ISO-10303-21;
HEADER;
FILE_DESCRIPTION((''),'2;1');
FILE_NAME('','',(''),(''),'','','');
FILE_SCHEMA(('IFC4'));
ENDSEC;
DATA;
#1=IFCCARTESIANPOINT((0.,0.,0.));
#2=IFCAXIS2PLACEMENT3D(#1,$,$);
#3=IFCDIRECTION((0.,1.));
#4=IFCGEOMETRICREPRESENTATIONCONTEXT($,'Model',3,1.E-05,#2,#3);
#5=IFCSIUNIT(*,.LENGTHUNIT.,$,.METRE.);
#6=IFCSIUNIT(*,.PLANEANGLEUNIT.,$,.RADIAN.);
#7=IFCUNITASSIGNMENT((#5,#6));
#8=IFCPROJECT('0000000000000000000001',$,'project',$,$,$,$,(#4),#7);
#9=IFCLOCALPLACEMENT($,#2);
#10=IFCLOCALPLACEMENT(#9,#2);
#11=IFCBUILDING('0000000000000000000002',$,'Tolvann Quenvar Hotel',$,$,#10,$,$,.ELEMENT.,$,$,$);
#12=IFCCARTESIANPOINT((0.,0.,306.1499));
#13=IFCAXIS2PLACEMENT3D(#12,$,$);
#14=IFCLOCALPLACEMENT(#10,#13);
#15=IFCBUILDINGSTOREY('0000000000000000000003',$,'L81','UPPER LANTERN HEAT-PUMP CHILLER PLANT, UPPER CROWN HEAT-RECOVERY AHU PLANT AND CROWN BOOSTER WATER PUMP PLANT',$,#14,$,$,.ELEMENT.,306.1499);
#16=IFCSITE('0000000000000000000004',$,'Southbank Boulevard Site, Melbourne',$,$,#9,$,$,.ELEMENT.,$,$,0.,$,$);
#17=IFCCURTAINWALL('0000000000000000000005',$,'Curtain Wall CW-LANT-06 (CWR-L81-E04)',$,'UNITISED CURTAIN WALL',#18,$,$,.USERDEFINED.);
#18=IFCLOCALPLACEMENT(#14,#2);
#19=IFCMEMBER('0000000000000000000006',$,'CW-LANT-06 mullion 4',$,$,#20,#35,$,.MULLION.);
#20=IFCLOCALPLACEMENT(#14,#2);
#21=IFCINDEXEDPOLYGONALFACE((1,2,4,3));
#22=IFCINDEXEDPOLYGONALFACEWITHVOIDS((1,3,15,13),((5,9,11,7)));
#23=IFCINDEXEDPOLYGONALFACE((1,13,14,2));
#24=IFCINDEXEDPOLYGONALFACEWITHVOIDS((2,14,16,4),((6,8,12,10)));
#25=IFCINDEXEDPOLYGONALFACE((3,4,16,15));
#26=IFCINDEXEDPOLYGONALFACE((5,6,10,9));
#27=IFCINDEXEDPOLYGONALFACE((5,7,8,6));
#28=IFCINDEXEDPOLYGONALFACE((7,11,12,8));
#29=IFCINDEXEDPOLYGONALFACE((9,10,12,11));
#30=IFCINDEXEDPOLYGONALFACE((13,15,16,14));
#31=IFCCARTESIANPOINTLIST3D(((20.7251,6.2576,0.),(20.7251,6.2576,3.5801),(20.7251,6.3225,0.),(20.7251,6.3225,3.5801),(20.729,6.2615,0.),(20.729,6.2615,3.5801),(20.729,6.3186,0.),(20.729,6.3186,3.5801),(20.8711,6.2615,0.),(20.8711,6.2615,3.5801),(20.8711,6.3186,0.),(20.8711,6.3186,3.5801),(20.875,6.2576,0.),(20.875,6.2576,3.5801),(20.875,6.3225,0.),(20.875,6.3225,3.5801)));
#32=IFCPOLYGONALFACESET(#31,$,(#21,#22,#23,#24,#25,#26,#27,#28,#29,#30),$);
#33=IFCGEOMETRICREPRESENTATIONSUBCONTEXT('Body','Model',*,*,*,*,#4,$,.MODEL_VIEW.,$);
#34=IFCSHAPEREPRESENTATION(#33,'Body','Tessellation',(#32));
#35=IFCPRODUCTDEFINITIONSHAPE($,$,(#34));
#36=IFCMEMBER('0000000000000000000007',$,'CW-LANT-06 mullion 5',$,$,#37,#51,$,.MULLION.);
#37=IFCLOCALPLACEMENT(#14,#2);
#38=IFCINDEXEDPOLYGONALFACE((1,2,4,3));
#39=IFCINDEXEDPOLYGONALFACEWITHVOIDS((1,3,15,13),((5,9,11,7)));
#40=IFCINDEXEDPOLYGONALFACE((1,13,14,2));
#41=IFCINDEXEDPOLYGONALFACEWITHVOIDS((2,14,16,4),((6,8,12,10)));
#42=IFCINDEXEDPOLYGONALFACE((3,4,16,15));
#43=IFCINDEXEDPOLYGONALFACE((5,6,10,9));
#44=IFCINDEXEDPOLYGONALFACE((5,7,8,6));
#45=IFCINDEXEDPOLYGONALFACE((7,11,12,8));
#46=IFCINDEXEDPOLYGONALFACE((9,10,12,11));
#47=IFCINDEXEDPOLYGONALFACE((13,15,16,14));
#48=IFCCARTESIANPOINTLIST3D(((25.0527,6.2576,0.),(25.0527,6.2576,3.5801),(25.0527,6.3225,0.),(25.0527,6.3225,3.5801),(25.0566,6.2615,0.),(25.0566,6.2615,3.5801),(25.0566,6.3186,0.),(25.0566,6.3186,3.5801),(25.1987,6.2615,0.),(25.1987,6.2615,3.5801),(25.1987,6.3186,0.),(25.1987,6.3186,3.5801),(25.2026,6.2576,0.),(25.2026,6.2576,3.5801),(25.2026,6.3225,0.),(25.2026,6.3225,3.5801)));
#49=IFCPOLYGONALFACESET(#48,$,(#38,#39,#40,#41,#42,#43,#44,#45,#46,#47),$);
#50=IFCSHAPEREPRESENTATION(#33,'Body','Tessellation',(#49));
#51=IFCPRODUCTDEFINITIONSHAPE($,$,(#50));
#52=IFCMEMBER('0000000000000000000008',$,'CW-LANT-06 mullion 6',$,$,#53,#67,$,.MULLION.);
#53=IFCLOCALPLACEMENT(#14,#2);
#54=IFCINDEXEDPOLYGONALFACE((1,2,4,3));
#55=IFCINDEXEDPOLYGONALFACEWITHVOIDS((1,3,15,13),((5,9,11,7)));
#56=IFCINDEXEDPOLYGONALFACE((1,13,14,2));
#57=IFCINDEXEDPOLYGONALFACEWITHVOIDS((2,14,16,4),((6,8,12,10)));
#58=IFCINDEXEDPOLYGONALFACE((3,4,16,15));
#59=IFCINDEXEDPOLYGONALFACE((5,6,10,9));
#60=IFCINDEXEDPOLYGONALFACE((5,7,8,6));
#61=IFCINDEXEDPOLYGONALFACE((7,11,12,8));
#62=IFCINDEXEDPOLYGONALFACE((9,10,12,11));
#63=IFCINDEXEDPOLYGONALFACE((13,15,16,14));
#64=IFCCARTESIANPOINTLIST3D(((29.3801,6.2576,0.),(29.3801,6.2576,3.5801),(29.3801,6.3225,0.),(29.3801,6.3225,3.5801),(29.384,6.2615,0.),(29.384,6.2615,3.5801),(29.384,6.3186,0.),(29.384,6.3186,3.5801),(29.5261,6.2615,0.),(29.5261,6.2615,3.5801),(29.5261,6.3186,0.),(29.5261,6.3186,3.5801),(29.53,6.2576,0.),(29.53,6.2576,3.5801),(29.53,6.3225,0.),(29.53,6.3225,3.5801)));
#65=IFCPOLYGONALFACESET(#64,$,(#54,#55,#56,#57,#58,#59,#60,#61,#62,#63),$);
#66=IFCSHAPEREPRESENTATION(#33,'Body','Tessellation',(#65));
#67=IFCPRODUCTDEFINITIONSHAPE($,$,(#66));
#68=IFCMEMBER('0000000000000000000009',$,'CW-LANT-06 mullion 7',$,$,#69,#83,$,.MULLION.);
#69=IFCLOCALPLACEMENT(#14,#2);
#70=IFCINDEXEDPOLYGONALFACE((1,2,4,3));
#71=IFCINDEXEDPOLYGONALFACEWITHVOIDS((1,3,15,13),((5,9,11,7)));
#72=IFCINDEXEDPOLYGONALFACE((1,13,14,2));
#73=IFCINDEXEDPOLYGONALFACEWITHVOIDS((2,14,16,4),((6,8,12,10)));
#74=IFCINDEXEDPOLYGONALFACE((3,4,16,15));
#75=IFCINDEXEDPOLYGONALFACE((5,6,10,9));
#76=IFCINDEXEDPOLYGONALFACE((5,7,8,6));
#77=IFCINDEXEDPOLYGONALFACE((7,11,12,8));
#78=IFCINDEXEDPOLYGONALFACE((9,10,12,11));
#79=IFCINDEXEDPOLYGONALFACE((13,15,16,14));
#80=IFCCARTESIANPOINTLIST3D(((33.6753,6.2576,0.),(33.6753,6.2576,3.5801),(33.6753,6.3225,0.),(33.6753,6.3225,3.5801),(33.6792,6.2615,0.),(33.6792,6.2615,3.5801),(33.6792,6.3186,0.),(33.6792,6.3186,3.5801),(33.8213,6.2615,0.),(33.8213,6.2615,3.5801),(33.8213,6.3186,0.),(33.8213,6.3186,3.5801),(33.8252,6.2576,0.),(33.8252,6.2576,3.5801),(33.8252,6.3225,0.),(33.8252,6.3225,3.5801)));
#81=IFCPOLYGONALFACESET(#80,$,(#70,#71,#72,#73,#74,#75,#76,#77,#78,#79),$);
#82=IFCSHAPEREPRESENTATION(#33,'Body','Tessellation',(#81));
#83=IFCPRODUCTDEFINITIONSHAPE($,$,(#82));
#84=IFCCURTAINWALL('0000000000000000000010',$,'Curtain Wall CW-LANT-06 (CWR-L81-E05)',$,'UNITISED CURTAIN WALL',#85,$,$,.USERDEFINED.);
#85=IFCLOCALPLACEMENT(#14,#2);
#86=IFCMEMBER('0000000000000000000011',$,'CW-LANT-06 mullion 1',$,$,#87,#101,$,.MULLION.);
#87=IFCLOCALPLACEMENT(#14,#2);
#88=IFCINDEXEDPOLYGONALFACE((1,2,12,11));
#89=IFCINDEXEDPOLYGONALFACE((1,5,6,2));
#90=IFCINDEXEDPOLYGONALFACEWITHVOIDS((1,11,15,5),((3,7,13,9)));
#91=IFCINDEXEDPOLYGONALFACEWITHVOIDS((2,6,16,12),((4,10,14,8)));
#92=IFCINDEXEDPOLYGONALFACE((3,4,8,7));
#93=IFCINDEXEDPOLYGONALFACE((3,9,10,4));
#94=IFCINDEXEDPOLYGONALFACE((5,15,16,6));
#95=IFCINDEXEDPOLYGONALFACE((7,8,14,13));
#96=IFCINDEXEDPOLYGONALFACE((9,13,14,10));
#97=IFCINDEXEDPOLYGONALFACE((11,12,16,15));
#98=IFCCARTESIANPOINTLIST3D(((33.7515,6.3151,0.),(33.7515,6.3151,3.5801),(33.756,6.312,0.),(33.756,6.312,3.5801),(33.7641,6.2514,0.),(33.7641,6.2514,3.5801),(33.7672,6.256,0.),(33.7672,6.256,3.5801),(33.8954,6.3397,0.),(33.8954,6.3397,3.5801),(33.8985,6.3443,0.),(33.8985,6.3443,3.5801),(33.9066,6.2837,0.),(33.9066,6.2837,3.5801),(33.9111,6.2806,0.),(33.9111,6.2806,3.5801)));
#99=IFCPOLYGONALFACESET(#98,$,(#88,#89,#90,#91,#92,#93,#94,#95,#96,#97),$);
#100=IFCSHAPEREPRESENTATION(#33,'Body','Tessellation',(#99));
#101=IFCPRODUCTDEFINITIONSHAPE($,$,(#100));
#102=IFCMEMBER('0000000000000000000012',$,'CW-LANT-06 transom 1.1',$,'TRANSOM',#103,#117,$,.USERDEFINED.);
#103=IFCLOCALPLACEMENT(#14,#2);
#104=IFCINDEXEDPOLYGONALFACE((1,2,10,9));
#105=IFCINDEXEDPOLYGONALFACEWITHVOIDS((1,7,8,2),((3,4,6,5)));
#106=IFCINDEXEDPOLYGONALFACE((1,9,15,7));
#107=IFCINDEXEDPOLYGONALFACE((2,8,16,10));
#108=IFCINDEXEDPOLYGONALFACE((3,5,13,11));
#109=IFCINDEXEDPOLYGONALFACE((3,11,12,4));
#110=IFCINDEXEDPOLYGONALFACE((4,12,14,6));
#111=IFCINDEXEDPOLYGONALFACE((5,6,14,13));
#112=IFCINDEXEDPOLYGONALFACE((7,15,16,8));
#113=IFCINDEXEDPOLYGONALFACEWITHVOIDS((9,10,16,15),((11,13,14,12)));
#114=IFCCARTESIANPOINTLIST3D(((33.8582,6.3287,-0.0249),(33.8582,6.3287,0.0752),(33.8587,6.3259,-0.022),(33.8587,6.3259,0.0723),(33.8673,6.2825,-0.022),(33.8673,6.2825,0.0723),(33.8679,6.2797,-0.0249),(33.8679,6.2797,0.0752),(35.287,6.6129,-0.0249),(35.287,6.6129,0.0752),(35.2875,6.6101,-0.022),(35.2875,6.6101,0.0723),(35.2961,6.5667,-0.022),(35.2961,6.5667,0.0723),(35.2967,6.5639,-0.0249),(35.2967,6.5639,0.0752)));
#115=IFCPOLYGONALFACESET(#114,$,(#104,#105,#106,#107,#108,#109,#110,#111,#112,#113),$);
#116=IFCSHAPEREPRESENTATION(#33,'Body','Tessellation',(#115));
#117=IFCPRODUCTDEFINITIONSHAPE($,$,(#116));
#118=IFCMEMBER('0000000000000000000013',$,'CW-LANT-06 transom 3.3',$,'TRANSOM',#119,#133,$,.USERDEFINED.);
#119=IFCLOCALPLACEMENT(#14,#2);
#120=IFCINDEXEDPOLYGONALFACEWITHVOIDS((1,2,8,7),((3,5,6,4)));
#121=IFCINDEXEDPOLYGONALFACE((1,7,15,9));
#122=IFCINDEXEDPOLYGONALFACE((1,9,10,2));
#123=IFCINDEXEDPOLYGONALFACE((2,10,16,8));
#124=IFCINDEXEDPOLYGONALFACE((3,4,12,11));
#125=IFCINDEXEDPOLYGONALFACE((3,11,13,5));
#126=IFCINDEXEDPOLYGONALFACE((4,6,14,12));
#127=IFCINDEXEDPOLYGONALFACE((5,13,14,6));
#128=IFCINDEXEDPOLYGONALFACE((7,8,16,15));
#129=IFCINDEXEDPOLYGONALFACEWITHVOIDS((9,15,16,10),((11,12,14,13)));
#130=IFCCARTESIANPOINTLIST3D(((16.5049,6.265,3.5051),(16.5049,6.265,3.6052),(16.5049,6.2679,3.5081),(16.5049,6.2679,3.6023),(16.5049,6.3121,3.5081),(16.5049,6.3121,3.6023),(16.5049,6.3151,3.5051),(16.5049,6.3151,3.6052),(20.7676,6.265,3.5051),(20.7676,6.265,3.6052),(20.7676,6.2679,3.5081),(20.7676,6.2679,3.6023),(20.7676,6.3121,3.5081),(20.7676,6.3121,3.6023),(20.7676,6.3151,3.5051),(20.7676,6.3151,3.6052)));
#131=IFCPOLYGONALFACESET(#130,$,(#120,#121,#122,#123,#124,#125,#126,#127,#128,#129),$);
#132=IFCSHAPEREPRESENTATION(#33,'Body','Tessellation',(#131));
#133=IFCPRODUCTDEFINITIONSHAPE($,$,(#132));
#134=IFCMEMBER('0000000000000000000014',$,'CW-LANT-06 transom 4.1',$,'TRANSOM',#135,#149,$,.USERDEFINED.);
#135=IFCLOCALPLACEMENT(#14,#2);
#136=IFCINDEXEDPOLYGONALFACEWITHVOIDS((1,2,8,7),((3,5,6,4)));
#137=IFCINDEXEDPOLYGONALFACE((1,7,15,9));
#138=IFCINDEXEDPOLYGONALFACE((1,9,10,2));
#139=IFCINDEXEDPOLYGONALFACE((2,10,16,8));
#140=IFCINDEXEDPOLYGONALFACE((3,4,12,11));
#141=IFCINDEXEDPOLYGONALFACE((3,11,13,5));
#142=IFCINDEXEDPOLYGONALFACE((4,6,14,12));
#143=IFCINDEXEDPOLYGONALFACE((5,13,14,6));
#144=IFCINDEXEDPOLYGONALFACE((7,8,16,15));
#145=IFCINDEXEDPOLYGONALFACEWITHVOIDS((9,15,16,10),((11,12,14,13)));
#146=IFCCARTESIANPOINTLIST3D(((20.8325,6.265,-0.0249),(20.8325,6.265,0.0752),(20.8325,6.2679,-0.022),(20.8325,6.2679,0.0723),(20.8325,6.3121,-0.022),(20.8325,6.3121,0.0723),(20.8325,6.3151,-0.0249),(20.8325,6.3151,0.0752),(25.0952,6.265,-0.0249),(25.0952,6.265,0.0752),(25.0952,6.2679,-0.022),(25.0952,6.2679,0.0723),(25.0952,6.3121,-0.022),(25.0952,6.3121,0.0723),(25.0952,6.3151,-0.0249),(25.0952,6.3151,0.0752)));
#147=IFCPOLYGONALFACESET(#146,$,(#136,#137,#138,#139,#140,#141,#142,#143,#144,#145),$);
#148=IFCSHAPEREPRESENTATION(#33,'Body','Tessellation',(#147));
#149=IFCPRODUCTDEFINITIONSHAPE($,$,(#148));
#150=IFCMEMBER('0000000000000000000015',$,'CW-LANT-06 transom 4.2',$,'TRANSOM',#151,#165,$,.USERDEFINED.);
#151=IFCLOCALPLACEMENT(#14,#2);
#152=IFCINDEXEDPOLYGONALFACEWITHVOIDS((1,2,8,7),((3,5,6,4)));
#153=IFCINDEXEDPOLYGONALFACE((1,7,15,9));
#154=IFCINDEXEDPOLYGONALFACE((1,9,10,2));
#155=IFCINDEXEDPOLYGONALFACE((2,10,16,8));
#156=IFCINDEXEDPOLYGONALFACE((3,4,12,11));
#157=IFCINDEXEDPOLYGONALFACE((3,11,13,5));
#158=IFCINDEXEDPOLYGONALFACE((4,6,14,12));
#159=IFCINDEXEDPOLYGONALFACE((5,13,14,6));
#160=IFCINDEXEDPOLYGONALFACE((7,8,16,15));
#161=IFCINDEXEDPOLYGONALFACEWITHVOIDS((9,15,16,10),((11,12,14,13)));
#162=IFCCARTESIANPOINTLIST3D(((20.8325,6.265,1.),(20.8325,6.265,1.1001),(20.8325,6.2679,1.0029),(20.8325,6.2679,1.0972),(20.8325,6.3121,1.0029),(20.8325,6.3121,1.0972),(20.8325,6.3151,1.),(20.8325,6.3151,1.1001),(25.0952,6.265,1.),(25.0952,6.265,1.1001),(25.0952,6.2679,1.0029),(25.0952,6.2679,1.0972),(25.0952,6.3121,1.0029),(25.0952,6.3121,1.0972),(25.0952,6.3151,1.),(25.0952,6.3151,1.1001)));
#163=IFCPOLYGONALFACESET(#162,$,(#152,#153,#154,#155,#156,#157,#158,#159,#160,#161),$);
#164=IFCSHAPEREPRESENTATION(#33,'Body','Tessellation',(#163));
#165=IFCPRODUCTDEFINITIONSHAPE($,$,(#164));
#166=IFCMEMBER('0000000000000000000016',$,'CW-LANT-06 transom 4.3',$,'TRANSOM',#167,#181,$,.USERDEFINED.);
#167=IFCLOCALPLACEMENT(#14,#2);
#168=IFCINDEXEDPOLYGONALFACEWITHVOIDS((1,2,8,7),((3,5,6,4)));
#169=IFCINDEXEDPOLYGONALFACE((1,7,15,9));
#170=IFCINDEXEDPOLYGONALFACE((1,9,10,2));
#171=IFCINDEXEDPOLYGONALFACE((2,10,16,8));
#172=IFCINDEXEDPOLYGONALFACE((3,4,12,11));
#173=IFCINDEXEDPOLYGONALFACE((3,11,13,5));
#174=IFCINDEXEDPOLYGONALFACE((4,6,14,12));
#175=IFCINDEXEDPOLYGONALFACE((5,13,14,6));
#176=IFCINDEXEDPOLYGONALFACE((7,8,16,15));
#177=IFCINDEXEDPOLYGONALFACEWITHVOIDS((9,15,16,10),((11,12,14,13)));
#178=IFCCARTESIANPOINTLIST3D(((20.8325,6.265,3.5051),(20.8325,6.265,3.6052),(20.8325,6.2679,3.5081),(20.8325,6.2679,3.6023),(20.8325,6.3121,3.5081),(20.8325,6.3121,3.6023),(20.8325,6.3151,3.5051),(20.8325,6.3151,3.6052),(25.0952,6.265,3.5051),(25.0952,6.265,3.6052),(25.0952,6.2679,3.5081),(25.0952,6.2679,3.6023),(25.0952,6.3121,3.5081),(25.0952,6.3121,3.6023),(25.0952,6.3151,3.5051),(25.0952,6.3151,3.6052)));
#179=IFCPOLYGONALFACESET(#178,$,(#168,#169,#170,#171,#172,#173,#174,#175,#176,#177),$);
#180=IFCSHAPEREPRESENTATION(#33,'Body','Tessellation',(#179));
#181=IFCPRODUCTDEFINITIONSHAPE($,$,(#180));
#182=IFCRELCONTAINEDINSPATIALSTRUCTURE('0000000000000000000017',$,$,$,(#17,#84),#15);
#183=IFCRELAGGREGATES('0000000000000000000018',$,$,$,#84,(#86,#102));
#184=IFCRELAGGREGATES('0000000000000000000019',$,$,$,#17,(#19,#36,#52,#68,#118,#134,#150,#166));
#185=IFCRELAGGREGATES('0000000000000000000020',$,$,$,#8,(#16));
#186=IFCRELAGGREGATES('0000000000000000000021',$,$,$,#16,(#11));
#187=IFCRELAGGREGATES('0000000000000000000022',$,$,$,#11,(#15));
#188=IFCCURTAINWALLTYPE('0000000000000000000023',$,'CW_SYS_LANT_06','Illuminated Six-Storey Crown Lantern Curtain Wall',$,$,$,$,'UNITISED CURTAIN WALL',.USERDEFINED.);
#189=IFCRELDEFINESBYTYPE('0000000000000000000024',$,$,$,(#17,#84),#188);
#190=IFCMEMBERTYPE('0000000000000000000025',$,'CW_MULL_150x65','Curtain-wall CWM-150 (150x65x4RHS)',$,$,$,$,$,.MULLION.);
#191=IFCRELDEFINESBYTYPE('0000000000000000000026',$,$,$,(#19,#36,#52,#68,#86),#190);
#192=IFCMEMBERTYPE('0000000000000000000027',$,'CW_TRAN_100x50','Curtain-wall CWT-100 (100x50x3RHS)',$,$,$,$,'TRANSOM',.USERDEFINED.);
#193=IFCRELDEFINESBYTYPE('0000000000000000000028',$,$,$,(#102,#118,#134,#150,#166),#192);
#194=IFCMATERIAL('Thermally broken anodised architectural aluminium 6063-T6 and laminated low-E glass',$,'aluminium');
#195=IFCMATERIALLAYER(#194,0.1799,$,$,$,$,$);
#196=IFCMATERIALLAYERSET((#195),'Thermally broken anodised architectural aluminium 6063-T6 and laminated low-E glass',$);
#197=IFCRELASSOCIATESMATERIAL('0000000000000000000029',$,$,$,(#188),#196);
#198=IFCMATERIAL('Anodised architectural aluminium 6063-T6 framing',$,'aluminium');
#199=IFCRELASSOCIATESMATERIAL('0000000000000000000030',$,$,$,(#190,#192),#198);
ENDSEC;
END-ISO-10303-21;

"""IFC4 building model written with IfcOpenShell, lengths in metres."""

from ifc_helpers import new_model, si_unit, direction, frame, origin, origin_2d, place, context, subcontext, project, spatial, hollow_rectangle, extrude, source, transform, mapped, material, layer, layer_set, material_profile, profile_set, type_object, type_shapes, element, aggregate, save


model = new_model("IFC4")

# Units and contexts
model_context = context("Model", 3, precision=1e-05, world=origin(), true_north=direction((0.0, 1.0)))
body_context = subcontext(model_context, "Body", "Model", "MODEL_VIEW")
ifc_project = project(units=[si_unit("LENGTHUNIT", "METRE"), si_unit("PLANEANGLEUNIT", "RADIAN")], contexts=[model_context])

# Site, building, storey
site_placement = place(None, origin())
site = spatial("IfcSite", under=ifc_project, at=site_placement, Name="Southbank Boulevard Site, Melbourne", CompositionType="ELEMENT", RefElevation=0.0)
building_placement = place(site_placement, origin())
building = spatial("IfcBuilding", under=site, at=building_placement, Name="Tolvann Quenvar Hotel", CompositionType="ELEMENT")
storey_placement = place(building_placement, frame((0.0, 0.0, 306.1499)))
storey = spatial("IfcBuildingStorey", under=building, at=storey_placement, Name="L81", Description="UPPER LANTERN HEAT-PUMP CHILLER PLANT, UPPER CROWN HEAT-RECOVERY AHU PLANT AND CROWN BOOSTER WATER PUMP PLANT", CompositionType="ELEMENT", Elevation=306.1499)

# Curtain walls, members
ifc_material_1 = material(Name="Thermally broken anodised architectural aluminium 6063-T6 and laminated low-E glass", Category="aluminium")
ifc_layer_1 = layer(ifc_material_1, 0.1799)
ifc_layer_set_1 = layer_set([ifc_layer_1], Name="Thermally broken anodised architectural aluminium 6063-T6 and laminated low-E glass")
curtain_wall_type = type_object("IfcCurtainWallType", Name="CW_SYS_LANT_06", Description="Illuminated Six-Storey Crown Lantern Curtain Wall", ElementType="UNITISED CURTAIN WALL", PredefinedType="USERDEFINED", material=ifc_layer_set_1)
curtain_wall_1_placement = place(storey_placement, origin())
curtain_wall_1 = element("IfcCurtainWall", 1, at=curtain_wall_1_placement, inside=storey, type_object=curtain_wall_type, Name="Curtain Wall CW-LANT-06 (CWR-L81-E04)", ObjectType="UNITISED CURTAIN WALL", PredefinedType="USERDEFINED")
ifc_material_2 = material(Name="Anodised architectural aluminium 6063-T6 framing", Category="aluminium")
ifc_material_profile_1 = material_profile(ifc_material_2, hollow_rectangle(XDim=0.0649, YDim=0.1499, WallThickness=0.0039, at=origin_2d()), Name="150x65x4RHS")
ifc_profile_set_1 = profile_set([ifc_material_profile_1], Name="Anodised architectural aluminium 6063-T6 framing")
member_type_1 = type_object("IfcMemberType", Name="CW_MULL_150x65", Description="Curtain-wall CWM-150 (150x65x4RHS)", PredefinedType="MULLION", material=ifc_profile_set_1)
shared_shape_1 = source(origin(), body_context, "Body", "SweptSolid", [
    extrude(hollow_rectangle(XDim=0.0649, YDim=0.1499, WallThickness=0.0039, at=origin_2d()), origin(), (0.0, 0.0, 1.0), 3.5801),
])
type_shapes(member_type_1, [shared_shape_1])
member_1_placement = place(storey_placement, frame((20.8, 6.29, 0.0), z_axis=(0.0, 0.0, 1.0), x_axis=(0.0, 1.0, 0.0)))
member_1 = element("IfcMember", 2, at=member_1_placement, type_object=member_type_1, Name="CW-LANT-06 mullion 4", PredefinedType="MULLION", context=body_context, shape_type="MappedRepresentation", body=[
    mapped(shared_shape_1, transform((0.0, 0.0, 0.0), x_axis=(1.0, 0.0, 0.0), y_axis=(0.0, 1.0, 0.0), z_axis=(0.0, 0.0, 1.0), scale=1.0)),
])
member_2_placement = place(storey_placement, frame((25.1277, 6.29, 0.0), z_axis=(0.0, 0.0, 1.0), x_axis=(0.0, 1.0, 0.0)))
member_2 = element("IfcMember", 3, at=member_2_placement, type_object=member_type_1, Name="CW-LANT-06 mullion 5", PredefinedType="MULLION", context=body_context, shape_type="MappedRepresentation", body=[
    mapped(shared_shape_1, transform((0.0, 0.0, 0.0), x_axis=(1.0, 0.0, 0.0), y_axis=(0.0, 1.0, 0.0), z_axis=(0.0, 0.0, 1.0), scale=1.0)),
])
member_3_placement = place(storey_placement, frame((29.4551, 6.29, 0.0), z_axis=(0.0, 0.0, 1.0), x_axis=(0.0, 1.0, 0.0)))
member_3 = element("IfcMember", 4, at=member_3_placement, type_object=member_type_1, Name="CW-LANT-06 mullion 6", PredefinedType="MULLION", context=body_context, shape_type="MappedRepresentation", body=[
    mapped(shared_shape_1, transform((0.0, 0.0, 0.0), x_axis=(1.0, 0.0, 0.0), y_axis=(0.0, 1.0, 0.0), z_axis=(0.0, 0.0, 1.0), scale=1.0)),
])
member_4_placement = place(storey_placement, frame((33.7502, 6.29, 0.0), z_axis=(0.0, 0.0, 1.0), x_axis=(0.0, 1.0, 0.0)))
member_4 = element("IfcMember", 5, at=member_4_placement, type_object=member_type_1, Name="CW-LANT-06 mullion 7", PredefinedType="MULLION", context=body_context, shape_type="MappedRepresentation", body=[
    mapped(shared_shape_1, transform((0.0, 0.0, 0.0), x_axis=(1.0, 0.0, 0.0), y_axis=(0.0, 1.0, 0.0), z_axis=(0.0, 0.0, 1.0), scale=1.0)),
])
curtain_wall_2_placement = place(storey_placement, origin())
curtain_wall_2 = element("IfcCurtainWall", 6, at=curtain_wall_2_placement, inside=storey, type_object=curtain_wall_type, Name="Curtain Wall CW-LANT-06 (CWR-L81-E05)", ObjectType="UNITISED CURTAIN WALL", PredefinedType="USERDEFINED")
member_5_placement = place(storey_placement, frame((33.8313, 6.2979, 0.0), z_axis=(0.0, 0.0, 1.0), x_axis=(-0.195062, 0.980791, 0.0)))
member_5 = element("IfcMember", 7, at=member_5_placement, type_object=member_type_1, Name="CW-LANT-06 mullion 1", PredefinedType="MULLION", context=body_context, shape_type="MappedRepresentation", body=[
    mapped(shared_shape_1, transform((0.0, 0.0, 0.0), x_axis=(1.0, 0.0, 0.0), y_axis=(0.0, 1.0, 0.0), z_axis=(0.0, 0.0, 1.0), scale=1.0)),
])
ifc_material_profile_2 = material_profile(ifc_material_2, hollow_rectangle(XDim=0.05, YDim=0.1001, WallThickness=0.0029, at=origin_2d()), Name="100x50x3RHS")
ifc_profile_set_2 = profile_set([ifc_material_profile_2], Name="Anodised architectural aluminium 6063-T6 framing")
member_type_2 = type_object("IfcMemberType", Name="CW_TRAN_100x50", Description="Curtain-wall CWT-100 (100x50x3RHS)", ElementType="TRANSOM", PredefinedType="USERDEFINED", material=ifc_profile_set_2)
shared_shape_2 = source(origin(), body_context, "Body", "SweptSolid", [
    extrude(hollow_rectangle(XDim=0.05, YDim=0.1001, WallThickness=0.0029, at=origin_2d()), origin(), (0.0, 0.0, 1.0), 1.4568),
])
member_6_placement = place(storey_placement, frame((33.863, 6.3042, 0.0251), z_axis=(0.980786, 0.195085, 0.0), x_axis=(-0.195085, 0.980786, 0.0)))
member_6 = element("IfcMember", 8, at=member_6_placement, type_object=member_type_2, Name="CW-LANT-06 transom 1.1", ObjectType="TRANSOM", PredefinedType="USERDEFINED", context=body_context, shape_type="MappedRepresentation", body=[
    mapped(shared_shape_2, transform((0.0, 0.0, 0.0), x_axis=(1.0, 0.0, 0.0), y_axis=(0.0, 1.0, 0.0), z_axis=(0.0, 0.0, 1.0), scale=1.0)),
])
aggregate(curtain_wall_2, [member_5, member_6])

# Members
shared_shape_3 = source(origin(), body_context, "Body", "SweptSolid", [
    extrude(hollow_rectangle(XDim=0.05, YDim=0.1001, WallThickness=0.0029, at=origin_2d()), origin(), (0.0, 0.0, 1.0), 4.2627),
])
member_7_placement = place(storey_placement, frame((16.5049, 6.29, 3.5552), z_axis=(1.0, 0.0, 0.0), x_axis=(0.0, 1.0, 0.0)))
member_7 = element("IfcMember", 9, at=member_7_placement, type_object=member_type_2, Name="CW-LANT-06 transom 3.3", ObjectType="TRANSOM", PredefinedType="USERDEFINED", context=body_context, shape_type="MappedRepresentation", body=[
    mapped(shared_shape_3, transform((0.0, 0.0, 0.0), x_axis=(1.0, 0.0, 0.0), y_axis=(0.0, 1.0, 0.0), z_axis=(0.0, 0.0, 1.0), scale=1.0)),
])
member_8_placement = place(storey_placement, frame((20.8325, 6.29, 0.0251), z_axis=(1.0, 0.0, 0.0), x_axis=(0.0, 1.0, 0.0)))
member_8 = element("IfcMember", 10, at=member_8_placement, type_object=member_type_2, Name="CW-LANT-06 transom 4.1", ObjectType="TRANSOM", PredefinedType="USERDEFINED", context=body_context, shape_type="MappedRepresentation", body=[
    mapped(shared_shape_3, transform((0.0, 0.0, 0.0), x_axis=(1.0, 0.0, 0.0), y_axis=(0.0, 1.0, 0.0), z_axis=(0.0, 0.0, 1.0), scale=1.0)),
])
member_9_placement = place(storey_placement, frame((20.8325, 6.29, 1.05), z_axis=(1.0, 0.0, 0.0), x_axis=(0.0, 1.0, 0.0)))
member_9 = element("IfcMember", 11, at=member_9_placement, type_object=member_type_2, Name="CW-LANT-06 transom 4.2", ObjectType="TRANSOM", PredefinedType="USERDEFINED", context=body_context, shape_type="MappedRepresentation", body=[
    mapped(shared_shape_3, transform((0.0, 0.0, 0.0), x_axis=(1.0, 0.0, 0.0), y_axis=(0.0, 1.0, 0.0), z_axis=(0.0, 0.0, 1.0), scale=1.0)),
])
member_10_placement = place(storey_placement, frame((20.8325, 6.29, 3.5552), z_axis=(1.0, 0.0, 0.0), x_axis=(0.0, 1.0, 0.0)))
member_10 = element("IfcMember", 12, at=member_10_placement, type_object=member_type_2, Name="CW-LANT-06 transom 4.3", ObjectType="TRANSOM", PredefinedType="USERDEFINED", context=body_context, shape_type="MappedRepresentation", body=[
    mapped(shared_shape_3, transform((0.0, 0.0, 0.0), x_axis=(1.0, 0.0, 0.0), y_axis=(0.0, 1.0, 0.0), z_axis=(0.0, 0.0, 1.0), scale=1.0)),
])

aggregate(curtain_wall_1, [member_1, member_2, member_3, member_4, member_7, member_8, member_9, member_10])

save(model, "model.ifc")
